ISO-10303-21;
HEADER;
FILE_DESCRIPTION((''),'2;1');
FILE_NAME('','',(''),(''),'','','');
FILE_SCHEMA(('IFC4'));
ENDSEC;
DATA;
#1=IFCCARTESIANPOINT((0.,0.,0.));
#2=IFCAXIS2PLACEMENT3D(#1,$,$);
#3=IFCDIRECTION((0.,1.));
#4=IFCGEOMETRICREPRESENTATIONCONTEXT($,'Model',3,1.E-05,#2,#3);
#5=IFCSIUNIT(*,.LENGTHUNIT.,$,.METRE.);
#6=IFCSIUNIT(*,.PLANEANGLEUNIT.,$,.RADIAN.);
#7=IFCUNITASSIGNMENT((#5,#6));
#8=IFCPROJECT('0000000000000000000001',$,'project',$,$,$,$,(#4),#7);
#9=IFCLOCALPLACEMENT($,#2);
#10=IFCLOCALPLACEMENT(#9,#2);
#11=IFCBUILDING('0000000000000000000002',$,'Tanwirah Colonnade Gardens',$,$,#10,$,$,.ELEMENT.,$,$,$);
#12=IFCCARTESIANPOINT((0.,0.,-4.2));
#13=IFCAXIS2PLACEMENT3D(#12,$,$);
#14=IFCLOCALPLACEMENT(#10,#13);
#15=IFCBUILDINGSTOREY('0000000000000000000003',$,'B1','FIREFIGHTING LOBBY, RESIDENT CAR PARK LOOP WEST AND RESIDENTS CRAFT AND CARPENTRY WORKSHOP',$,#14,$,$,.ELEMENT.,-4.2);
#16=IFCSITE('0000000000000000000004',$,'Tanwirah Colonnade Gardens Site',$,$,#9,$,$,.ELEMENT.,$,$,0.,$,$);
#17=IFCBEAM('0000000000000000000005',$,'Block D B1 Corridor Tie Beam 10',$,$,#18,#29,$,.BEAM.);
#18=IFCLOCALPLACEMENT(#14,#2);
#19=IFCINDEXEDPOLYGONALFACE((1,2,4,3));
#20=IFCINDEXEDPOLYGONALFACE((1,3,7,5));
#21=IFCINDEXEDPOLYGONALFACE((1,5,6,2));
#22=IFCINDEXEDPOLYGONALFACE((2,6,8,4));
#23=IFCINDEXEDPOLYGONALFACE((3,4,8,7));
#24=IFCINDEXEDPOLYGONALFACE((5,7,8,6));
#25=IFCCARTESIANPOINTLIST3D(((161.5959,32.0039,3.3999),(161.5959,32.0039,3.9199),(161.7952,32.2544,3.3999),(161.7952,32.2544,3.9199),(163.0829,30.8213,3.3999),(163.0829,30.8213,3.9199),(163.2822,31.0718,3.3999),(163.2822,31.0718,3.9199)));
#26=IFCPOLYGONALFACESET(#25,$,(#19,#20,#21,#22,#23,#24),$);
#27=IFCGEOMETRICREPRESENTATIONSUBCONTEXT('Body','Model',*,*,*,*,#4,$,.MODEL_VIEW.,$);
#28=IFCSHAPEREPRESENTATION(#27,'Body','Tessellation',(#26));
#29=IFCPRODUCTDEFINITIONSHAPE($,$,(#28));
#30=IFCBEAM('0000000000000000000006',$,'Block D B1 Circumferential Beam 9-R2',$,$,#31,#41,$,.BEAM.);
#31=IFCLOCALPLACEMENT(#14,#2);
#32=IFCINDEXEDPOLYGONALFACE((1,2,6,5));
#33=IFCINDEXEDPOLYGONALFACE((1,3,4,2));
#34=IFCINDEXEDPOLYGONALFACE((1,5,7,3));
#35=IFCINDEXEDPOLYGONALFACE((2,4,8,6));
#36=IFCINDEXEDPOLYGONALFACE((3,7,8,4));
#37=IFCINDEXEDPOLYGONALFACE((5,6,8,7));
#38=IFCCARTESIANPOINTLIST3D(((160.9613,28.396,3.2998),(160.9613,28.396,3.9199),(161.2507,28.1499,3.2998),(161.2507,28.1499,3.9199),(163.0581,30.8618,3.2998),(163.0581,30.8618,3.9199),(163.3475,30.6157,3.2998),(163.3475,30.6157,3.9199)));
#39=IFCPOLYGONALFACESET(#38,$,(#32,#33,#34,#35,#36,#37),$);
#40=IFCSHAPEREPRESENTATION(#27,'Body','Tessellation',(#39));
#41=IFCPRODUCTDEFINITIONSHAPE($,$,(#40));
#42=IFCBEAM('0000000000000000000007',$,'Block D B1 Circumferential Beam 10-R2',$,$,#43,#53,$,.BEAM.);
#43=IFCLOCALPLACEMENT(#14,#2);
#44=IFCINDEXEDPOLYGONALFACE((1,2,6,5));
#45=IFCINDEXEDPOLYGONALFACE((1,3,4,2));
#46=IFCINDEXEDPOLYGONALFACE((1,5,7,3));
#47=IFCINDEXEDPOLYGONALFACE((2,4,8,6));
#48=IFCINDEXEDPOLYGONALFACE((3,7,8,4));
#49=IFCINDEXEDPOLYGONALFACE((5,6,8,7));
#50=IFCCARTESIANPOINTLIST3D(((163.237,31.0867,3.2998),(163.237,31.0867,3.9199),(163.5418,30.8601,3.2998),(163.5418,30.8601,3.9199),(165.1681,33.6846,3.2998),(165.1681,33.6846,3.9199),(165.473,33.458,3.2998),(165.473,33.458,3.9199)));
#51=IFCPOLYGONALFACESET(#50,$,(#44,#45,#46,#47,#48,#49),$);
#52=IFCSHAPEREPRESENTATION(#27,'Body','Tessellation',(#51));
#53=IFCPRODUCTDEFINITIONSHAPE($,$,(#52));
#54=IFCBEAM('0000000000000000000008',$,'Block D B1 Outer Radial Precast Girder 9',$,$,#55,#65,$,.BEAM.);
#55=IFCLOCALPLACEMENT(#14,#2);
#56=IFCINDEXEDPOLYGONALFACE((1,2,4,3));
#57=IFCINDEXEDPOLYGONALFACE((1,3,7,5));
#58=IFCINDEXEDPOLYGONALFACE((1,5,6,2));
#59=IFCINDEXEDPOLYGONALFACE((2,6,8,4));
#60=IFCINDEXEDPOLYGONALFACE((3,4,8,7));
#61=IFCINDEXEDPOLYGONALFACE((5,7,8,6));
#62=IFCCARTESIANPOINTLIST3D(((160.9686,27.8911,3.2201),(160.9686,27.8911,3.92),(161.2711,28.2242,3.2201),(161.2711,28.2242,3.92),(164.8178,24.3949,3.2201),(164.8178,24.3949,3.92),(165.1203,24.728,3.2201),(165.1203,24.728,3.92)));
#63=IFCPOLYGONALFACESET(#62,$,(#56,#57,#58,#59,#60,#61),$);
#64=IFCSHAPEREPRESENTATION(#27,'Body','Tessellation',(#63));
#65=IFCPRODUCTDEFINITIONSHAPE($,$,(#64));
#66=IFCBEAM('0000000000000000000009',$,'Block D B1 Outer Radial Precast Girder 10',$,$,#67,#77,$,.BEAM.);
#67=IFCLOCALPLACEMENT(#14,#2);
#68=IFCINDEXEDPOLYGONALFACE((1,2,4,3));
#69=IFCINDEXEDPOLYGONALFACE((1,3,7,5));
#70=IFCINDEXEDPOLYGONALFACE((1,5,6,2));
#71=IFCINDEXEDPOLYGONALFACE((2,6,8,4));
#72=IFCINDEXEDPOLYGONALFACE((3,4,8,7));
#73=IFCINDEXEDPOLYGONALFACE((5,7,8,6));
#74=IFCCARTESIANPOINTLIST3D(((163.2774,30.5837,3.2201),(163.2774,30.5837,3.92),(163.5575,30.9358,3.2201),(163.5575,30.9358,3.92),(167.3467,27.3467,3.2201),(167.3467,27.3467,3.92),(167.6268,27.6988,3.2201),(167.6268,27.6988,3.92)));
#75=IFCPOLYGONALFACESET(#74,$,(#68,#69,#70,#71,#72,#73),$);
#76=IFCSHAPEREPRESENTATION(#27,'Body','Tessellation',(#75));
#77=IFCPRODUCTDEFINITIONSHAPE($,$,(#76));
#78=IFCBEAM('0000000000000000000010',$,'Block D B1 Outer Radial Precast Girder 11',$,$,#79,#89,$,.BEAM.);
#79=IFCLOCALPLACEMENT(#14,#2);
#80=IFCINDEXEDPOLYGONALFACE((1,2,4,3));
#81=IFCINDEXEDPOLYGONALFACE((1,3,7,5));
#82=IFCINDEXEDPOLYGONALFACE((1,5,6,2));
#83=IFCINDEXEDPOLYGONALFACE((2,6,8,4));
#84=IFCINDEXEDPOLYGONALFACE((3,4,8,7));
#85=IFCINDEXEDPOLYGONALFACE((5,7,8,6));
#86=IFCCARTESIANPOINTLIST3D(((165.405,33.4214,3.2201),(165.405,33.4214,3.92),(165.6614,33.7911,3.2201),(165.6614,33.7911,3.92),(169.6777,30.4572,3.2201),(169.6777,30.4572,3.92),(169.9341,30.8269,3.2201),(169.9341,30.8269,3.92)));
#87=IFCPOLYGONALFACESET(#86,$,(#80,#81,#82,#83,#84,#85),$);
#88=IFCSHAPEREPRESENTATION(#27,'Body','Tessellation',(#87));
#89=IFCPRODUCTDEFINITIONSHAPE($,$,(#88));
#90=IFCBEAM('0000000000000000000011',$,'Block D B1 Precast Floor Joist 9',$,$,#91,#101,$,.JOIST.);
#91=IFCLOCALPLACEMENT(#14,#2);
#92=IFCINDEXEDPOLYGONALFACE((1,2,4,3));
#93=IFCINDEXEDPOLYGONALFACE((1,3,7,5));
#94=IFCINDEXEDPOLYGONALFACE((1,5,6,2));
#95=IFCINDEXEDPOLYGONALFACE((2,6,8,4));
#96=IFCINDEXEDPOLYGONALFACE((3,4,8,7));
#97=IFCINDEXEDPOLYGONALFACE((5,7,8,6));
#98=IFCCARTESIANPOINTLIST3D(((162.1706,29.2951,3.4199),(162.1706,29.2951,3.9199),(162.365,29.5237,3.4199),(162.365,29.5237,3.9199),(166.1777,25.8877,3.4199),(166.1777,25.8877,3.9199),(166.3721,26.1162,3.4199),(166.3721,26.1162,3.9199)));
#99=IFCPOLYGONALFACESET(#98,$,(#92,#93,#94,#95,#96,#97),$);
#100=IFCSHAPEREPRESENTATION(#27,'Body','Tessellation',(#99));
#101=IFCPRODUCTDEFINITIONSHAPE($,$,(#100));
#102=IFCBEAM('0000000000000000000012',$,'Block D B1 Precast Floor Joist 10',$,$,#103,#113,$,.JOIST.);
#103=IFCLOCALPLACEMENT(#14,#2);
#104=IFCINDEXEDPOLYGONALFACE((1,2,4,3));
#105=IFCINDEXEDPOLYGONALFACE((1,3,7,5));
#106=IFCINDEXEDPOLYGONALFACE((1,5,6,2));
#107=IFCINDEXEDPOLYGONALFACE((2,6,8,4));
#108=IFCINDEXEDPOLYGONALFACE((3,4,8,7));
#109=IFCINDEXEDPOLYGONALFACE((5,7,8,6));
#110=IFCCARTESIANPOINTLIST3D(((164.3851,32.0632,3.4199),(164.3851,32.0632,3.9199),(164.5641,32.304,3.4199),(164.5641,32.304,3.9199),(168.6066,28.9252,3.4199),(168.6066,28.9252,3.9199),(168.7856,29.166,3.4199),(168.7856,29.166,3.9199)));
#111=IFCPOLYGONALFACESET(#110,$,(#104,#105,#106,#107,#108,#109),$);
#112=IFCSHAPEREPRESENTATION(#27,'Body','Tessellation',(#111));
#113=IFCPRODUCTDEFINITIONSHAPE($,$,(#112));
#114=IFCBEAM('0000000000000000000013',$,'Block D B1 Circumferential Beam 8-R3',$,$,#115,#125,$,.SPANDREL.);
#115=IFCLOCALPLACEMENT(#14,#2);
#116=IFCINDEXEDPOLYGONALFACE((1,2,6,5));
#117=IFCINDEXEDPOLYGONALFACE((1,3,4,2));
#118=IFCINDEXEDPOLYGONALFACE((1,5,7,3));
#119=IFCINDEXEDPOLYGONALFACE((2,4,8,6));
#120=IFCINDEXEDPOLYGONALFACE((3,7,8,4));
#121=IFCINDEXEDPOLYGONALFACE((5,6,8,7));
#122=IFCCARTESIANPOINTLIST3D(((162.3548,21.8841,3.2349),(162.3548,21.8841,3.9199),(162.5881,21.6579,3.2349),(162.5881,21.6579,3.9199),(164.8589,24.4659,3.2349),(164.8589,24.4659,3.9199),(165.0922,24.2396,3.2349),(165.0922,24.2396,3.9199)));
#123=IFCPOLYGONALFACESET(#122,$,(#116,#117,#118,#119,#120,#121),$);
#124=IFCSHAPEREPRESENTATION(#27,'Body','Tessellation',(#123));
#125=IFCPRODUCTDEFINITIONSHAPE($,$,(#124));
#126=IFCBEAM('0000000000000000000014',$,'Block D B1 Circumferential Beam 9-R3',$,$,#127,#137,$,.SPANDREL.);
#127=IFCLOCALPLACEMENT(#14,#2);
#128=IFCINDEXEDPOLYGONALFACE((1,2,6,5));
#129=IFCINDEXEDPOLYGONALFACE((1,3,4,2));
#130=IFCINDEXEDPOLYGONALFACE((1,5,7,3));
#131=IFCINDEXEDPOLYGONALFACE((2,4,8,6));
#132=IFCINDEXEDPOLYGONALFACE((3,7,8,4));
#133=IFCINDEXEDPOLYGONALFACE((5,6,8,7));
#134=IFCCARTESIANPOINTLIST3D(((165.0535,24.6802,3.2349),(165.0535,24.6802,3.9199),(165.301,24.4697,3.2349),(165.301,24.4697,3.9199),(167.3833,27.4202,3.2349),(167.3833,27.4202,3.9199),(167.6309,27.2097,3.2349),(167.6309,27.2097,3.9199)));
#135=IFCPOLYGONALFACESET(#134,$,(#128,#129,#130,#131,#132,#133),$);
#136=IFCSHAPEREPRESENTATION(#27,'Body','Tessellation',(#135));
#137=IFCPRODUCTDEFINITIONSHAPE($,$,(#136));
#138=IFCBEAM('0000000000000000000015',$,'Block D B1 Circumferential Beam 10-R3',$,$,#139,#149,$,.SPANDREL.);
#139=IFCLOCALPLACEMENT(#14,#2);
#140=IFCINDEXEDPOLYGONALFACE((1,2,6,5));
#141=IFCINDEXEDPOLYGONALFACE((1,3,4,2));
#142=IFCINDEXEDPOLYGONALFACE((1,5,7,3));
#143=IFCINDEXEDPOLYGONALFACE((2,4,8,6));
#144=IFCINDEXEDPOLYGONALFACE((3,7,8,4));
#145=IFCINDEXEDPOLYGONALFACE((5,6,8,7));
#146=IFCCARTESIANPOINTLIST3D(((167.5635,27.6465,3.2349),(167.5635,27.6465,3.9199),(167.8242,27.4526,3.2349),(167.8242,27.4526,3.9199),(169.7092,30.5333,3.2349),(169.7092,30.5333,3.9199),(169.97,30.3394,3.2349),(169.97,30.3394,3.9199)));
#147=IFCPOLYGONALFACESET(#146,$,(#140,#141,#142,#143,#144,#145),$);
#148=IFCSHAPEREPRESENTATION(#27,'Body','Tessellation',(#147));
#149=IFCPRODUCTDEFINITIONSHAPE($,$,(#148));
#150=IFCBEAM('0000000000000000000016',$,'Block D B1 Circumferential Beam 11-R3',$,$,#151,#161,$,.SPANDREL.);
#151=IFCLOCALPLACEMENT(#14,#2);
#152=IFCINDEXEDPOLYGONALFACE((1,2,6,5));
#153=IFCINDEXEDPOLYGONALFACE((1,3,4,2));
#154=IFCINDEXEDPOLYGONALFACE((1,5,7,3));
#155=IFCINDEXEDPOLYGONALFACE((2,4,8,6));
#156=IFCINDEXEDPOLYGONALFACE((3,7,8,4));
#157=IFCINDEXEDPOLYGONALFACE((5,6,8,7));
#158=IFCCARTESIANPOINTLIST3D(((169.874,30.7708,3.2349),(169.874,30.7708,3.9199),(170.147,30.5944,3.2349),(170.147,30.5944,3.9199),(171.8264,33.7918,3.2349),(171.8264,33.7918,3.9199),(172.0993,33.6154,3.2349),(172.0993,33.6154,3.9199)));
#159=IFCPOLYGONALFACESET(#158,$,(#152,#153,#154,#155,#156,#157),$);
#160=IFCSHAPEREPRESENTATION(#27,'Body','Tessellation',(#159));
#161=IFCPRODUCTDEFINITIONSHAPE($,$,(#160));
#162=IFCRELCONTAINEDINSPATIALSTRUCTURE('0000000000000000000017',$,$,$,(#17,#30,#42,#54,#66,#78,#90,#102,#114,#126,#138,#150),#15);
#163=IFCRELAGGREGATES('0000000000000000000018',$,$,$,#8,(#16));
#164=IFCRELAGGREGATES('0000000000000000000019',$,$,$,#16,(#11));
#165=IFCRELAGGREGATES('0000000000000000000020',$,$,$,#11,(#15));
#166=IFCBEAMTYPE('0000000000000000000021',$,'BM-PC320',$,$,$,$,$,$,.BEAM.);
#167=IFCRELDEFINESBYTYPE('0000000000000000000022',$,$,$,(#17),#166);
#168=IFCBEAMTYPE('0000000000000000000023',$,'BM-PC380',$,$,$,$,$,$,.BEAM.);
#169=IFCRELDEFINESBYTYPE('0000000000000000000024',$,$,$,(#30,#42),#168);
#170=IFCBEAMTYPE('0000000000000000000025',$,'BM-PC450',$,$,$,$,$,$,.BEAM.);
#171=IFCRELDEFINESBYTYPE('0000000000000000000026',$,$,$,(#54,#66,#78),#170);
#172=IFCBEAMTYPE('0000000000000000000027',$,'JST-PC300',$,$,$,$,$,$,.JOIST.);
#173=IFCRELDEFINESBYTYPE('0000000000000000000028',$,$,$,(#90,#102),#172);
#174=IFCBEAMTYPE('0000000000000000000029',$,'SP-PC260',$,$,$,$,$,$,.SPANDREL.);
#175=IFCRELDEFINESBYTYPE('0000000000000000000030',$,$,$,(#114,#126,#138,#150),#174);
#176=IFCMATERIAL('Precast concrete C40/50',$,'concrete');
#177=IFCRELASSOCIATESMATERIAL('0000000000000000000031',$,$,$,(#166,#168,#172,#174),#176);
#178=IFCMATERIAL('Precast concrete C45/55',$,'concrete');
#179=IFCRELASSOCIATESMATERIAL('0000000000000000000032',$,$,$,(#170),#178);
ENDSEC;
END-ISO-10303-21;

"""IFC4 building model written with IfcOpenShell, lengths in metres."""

from ifc_helpers import new_model, si_unit, direction, frame, origin, origin_2d, place, context, subcontext, project, spatial, rectangle, extrude, material, material_profile, profile_set, type_object, element, save


model = new_model("IFC4")

# Units and contexts
model_context = context("Model", 3, precision=1e-05, world=origin(), true_north=direction((0.0, 1.0)))
body_context = subcontext(model_context, "Body", "Model", "MODEL_VIEW")
ifc_project = project(units=[si_unit("LENGTHUNIT", "METRE"), si_unit("PLANEANGLEUNIT", "RADIAN")], contexts=[model_context])

# Site, building, storey
site_placement = place(None, origin())
site = spatial("IfcSite", under=ifc_project, at=site_placement, Name="Tanwirah Colonnade Gardens Site", CompositionType="ELEMENT", RefElevation=0.0)
building_placement = place(site_placement, origin())
building = spatial("IfcBuilding", under=site, at=building_placement, Name="Tanwirah Colonnade Gardens", CompositionType="ELEMENT")
storey_placement = place(building_placement, frame((0.0, 0.0, -4.2)))
storey = spatial("IfcBuildingStorey", under=building, at=storey_placement, Name="B1", Description="FIREFIGHTING LOBBY, RESIDENT CAR PARK LOOP WEST AND RESIDENTS CRAFT AND CARPENTRY WORKSHOP", CompositionType="ELEMENT", Elevation=-4.2)

# Beams
ifc_material_1 = material(Name="Precast concrete C40/50", Category="concrete")
ifc_material_profile_1 = material_profile(ifc_material_1, rectangle(XDim=0.3201, YDim=0.52, at=origin_2d()), Name="PC-BM 320x520")
ifc_profile_set_1 = profile_set([ifc_material_profile_1], Name="Precast concrete C40/50")
beam_type_1 = type_object("IfcBeamType", Name="BM-PC320", PredefinedType="BEAM", material=ifc_profile_set_1)
beam_1_placement = place(storey_placement, frame((161.6956, 32.1292, 3.6599), z_axis=(0.782671, -0.622436, 0.0), x_axis=(0.622436, 0.782671, 0.0)))
element("IfcBeam", 1, at=beam_1_placement, inside=storey, type_object=beam_type_1, Name="Block D B1 Corridor Tie Beam 10", PredefinedType="BEAM", context=body_context, shape_type="SweptSolid", body=[
    extrude(rectangle(XDim=0.3201, YDim=0.52, at=origin_2d()), origin(), (0.0, 0.0, 1.0), 1.8999),
])
ifc_material_profile_2 = material_profile(ifc_material_1, rectangle(XDim=0.3799, YDim=0.6201, at=origin_2d()), Name="PC-BM 380x620")
ifc_profile_set_2 = profile_set([ifc_material_profile_2], Name="Precast concrete C40/50")
beam_type_2 = type_object("IfcBeamType", Name="BM-PC380", PredefinedType="BEAM", material=ifc_profile_set_2)
beam_2_placement = place(storey_placement, frame((161.106, 28.2729, 3.6099), z_axis=(0.647824, 0.76179, 0.0), x_axis=(-0.76179, 0.647824, 0.0)))
element("IfcBeam", 2, at=beam_2_placement, inside=storey, type_object=beam_type_2, Name="Block D B1 Circumferential Beam 9-R2", PredefinedType="BEAM", context=body_context, shape_type="SweptSolid", body=[
    extrude(rectangle(XDim=0.3799, YDim=0.6201, at=origin_2d()), origin(), (0.0, 0.0, 1.0), 3.2368),
])
beam_3_placement = place(storey_placement, frame((163.3894, 30.9734, 3.6099), z_axis=(0.596579, 0.802554, 0.0), x_axis=(-0.802554, 0.596579, 0.0)))
element("IfcBeam", 3, at=beam_3_placement, inside=storey, type_object=beam_type_2, Name="Block D B1 Circumferential Beam 10-R2", PredefinedType="BEAM", context=body_context, shape_type="SweptSolid", body=[
    extrude(rectangle(XDim=0.3799, YDim=0.6201, at=origin_2d()), origin(), (0.0, 0.0, 1.0), 3.2371),
])
ifc_material_2 = material(Name="Precast concrete C45/55", Category="concrete")
ifc_material_profile_3 = material_profile(ifc_material_2, rectangle(XDim=0.45, YDim=0.7, at=origin_2d()), Name="PC-BM 450x700")
ifc_profile_set_3 = profile_set([ifc_material_profile_3], Name="Precast concrete C45/55")
beam_type_3 = type_object("IfcBeamType", Name="BM-PC450", PredefinedType="BEAM", material=ifc_profile_set_3)
beam_4_placement = place(storey_placement, frame((161.1199, 28.0576, 3.5701), z_axis=(0.740237, -0.672346, 0.0), x_axis=(0.672346, 0.740237, 0.0)))
element("IfcBeam", 4, at=beam_4_placement, inside=storey, type_object=beam_type_3, Name="Block D B1 Outer Radial Precast Girder 9", PredefinedType="BEAM", context=body_context, shape_type="SweptSolid", body=[
    extrude(rectangle(XDim=0.45, YDim=0.7, at=origin_2d()), origin(), (0.0, 0.0, 1.0), 5.2),
])
beam_5_placement = place(storey_placement, frame((163.4175, 30.7598, 3.5701), z_axis=(0.782593, -0.622534, 0.0), x_axis=(0.622534, 0.782593, 0.0)))
element("IfcBeam", 5, at=beam_5_placement, inside=storey, type_object=beam_type_3, Name="Block D B1 Outer Radial Precast Girder 10", PredefinedType="BEAM", context=body_context, shape_type="SweptSolid", body=[
    extrude(rectangle(XDim=0.45, YDim=0.7, at=origin_2d()), origin(), (0.0, 0.0, 1.0), 5.1997),
])
beam_6_placement = place(storey_placement, frame((165.5332, 33.6062, 3.5701), z_axis=(0.821644, -0.570001, 0.0), x_axis=(0.570001, 0.821644, 0.0)))
element("IfcBeam", 6, at=beam_6_placement, inside=storey, type_object=beam_type_3, Name="Block D B1 Outer Radial Precast Girder 11", PredefinedType="BEAM", context=body_context, shape_type="SweptSolid", body=[
    extrude(rectangle(XDim=0.45, YDim=0.7, at=origin_2d()), origin(), (0.0, 0.0, 1.0), 5.2002),
])
ifc_material_profile_4 = material_profile(ifc_material_1, rectangle(XDim=0.3, YDim=0.5, at=origin_2d()), Name="PC-JST 300x500")
ifc_profile_set_4 = profile_set([ifc_material_profile_4], Name="Precast concrete C40/50")
beam_type_4 = type_object("IfcBeamType", Name="JST-PC300", PredefinedType="JOIST", material=ifc_profile_set_4)
for number, where, z_axis, x_axis, name in (
    (7, (162.2678, 29.4094, 3.6699), (0.761803, -0.647809, 0.0), (0.647809, 0.761803, 0.0), "Block D B1 Precast Floor Joist 9"),
    (8, (164.4746, 32.1836, 3.6699), (0.80256, -0.596571, 0.0), (0.596571, 0.80256, 0.0), "Block D B1 Precast Floor Joist 10"),
):
    element("IfcBeam", number, at=place(storey_placement, frame(where, z_axis=z_axis, x_axis=x_axis)), inside=storey, type_object=beam_type_4, Name=name, PredefinedType="JOIST", context=body_context, shape_type="SweptSolid", body=[
        extrude(rectangle(XDim=0.3, YDim=0.5, at=origin_2d()), origin(), (0.0, 0.0, 1.0), 5.26),
    ])
ifc_material_profile_5 = material_profile(ifc_material_1, rectangle(XDim=0.325, YDim=0.6851, at=origin_2d()), Name="PC-SP 325x685")
ifc_profile_set_5 = profile_set([ifc_material_profile_5], Name="Precast concrete C40/50")
beam_type_5 = type_object("IfcBeamType", Name="SP-PC260", PredefinedType="SPANDREL", material=ifc_profile_set_5)
for number, where, z_axis, x_axis, name in (
    (9, (162.4714, 21.771, 3.5774), (0.696232, 0.717817, 0.0), (-0.717817, 0.696232, 0.0), "Block D B1 Circumferential Beam 8-R3"),
    (10, (165.1772, 24.575, 3.5774), (0.647784, 0.761824, 0.0), (-0.761824, 0.647784, 0.0), "Block D B1 Circumferential Beam 9-R3"),
):
    element("IfcBeam", number, at=place(storey_placement, frame(where, z_axis=z_axis, x_axis=x_axis)), inside=storey, type_object=beam_type_5, Name=name, PredefinedType="SPANDREL", context=body_context, shape_type="SweptSolid", body=[
        extrude(rectangle(XDim=0.325, YDim=0.6851, at=origin_2d()), origin(), (0.0, 0.0, 1.0), 3.5967),
    ])
for number, where, z_axis, x_axis, name in (
    (11, (167.6938, 27.5496, 3.5774), (0.596563, 0.802566, 0.0), (-0.802566, 0.596563, 0.0), "Block D B1 Circumferential Beam 10-R3"),
    (12, (170.0105, 30.6826, 3.5774), (0.542787, 0.83987, 0.0), (-0.83987, 0.542787, 0.0), "Block D B1 Circumferential Beam 11-R3"),
):
    element("IfcBeam", number, at=place(storey_placement, frame(where, z_axis=z_axis, x_axis=x_axis)), inside=storey, type_object=beam_type_5, Name=name, PredefinedType="SPANDREL", context=body_context, shape_type="SweptSolid", body=[
        extrude(rectangle(XDim=0.325, YDim=0.6851, at=origin_2d()), origin(), (0.0, 0.0, 1.0), 3.5969),
    ])

save(model, "model.ifc")
